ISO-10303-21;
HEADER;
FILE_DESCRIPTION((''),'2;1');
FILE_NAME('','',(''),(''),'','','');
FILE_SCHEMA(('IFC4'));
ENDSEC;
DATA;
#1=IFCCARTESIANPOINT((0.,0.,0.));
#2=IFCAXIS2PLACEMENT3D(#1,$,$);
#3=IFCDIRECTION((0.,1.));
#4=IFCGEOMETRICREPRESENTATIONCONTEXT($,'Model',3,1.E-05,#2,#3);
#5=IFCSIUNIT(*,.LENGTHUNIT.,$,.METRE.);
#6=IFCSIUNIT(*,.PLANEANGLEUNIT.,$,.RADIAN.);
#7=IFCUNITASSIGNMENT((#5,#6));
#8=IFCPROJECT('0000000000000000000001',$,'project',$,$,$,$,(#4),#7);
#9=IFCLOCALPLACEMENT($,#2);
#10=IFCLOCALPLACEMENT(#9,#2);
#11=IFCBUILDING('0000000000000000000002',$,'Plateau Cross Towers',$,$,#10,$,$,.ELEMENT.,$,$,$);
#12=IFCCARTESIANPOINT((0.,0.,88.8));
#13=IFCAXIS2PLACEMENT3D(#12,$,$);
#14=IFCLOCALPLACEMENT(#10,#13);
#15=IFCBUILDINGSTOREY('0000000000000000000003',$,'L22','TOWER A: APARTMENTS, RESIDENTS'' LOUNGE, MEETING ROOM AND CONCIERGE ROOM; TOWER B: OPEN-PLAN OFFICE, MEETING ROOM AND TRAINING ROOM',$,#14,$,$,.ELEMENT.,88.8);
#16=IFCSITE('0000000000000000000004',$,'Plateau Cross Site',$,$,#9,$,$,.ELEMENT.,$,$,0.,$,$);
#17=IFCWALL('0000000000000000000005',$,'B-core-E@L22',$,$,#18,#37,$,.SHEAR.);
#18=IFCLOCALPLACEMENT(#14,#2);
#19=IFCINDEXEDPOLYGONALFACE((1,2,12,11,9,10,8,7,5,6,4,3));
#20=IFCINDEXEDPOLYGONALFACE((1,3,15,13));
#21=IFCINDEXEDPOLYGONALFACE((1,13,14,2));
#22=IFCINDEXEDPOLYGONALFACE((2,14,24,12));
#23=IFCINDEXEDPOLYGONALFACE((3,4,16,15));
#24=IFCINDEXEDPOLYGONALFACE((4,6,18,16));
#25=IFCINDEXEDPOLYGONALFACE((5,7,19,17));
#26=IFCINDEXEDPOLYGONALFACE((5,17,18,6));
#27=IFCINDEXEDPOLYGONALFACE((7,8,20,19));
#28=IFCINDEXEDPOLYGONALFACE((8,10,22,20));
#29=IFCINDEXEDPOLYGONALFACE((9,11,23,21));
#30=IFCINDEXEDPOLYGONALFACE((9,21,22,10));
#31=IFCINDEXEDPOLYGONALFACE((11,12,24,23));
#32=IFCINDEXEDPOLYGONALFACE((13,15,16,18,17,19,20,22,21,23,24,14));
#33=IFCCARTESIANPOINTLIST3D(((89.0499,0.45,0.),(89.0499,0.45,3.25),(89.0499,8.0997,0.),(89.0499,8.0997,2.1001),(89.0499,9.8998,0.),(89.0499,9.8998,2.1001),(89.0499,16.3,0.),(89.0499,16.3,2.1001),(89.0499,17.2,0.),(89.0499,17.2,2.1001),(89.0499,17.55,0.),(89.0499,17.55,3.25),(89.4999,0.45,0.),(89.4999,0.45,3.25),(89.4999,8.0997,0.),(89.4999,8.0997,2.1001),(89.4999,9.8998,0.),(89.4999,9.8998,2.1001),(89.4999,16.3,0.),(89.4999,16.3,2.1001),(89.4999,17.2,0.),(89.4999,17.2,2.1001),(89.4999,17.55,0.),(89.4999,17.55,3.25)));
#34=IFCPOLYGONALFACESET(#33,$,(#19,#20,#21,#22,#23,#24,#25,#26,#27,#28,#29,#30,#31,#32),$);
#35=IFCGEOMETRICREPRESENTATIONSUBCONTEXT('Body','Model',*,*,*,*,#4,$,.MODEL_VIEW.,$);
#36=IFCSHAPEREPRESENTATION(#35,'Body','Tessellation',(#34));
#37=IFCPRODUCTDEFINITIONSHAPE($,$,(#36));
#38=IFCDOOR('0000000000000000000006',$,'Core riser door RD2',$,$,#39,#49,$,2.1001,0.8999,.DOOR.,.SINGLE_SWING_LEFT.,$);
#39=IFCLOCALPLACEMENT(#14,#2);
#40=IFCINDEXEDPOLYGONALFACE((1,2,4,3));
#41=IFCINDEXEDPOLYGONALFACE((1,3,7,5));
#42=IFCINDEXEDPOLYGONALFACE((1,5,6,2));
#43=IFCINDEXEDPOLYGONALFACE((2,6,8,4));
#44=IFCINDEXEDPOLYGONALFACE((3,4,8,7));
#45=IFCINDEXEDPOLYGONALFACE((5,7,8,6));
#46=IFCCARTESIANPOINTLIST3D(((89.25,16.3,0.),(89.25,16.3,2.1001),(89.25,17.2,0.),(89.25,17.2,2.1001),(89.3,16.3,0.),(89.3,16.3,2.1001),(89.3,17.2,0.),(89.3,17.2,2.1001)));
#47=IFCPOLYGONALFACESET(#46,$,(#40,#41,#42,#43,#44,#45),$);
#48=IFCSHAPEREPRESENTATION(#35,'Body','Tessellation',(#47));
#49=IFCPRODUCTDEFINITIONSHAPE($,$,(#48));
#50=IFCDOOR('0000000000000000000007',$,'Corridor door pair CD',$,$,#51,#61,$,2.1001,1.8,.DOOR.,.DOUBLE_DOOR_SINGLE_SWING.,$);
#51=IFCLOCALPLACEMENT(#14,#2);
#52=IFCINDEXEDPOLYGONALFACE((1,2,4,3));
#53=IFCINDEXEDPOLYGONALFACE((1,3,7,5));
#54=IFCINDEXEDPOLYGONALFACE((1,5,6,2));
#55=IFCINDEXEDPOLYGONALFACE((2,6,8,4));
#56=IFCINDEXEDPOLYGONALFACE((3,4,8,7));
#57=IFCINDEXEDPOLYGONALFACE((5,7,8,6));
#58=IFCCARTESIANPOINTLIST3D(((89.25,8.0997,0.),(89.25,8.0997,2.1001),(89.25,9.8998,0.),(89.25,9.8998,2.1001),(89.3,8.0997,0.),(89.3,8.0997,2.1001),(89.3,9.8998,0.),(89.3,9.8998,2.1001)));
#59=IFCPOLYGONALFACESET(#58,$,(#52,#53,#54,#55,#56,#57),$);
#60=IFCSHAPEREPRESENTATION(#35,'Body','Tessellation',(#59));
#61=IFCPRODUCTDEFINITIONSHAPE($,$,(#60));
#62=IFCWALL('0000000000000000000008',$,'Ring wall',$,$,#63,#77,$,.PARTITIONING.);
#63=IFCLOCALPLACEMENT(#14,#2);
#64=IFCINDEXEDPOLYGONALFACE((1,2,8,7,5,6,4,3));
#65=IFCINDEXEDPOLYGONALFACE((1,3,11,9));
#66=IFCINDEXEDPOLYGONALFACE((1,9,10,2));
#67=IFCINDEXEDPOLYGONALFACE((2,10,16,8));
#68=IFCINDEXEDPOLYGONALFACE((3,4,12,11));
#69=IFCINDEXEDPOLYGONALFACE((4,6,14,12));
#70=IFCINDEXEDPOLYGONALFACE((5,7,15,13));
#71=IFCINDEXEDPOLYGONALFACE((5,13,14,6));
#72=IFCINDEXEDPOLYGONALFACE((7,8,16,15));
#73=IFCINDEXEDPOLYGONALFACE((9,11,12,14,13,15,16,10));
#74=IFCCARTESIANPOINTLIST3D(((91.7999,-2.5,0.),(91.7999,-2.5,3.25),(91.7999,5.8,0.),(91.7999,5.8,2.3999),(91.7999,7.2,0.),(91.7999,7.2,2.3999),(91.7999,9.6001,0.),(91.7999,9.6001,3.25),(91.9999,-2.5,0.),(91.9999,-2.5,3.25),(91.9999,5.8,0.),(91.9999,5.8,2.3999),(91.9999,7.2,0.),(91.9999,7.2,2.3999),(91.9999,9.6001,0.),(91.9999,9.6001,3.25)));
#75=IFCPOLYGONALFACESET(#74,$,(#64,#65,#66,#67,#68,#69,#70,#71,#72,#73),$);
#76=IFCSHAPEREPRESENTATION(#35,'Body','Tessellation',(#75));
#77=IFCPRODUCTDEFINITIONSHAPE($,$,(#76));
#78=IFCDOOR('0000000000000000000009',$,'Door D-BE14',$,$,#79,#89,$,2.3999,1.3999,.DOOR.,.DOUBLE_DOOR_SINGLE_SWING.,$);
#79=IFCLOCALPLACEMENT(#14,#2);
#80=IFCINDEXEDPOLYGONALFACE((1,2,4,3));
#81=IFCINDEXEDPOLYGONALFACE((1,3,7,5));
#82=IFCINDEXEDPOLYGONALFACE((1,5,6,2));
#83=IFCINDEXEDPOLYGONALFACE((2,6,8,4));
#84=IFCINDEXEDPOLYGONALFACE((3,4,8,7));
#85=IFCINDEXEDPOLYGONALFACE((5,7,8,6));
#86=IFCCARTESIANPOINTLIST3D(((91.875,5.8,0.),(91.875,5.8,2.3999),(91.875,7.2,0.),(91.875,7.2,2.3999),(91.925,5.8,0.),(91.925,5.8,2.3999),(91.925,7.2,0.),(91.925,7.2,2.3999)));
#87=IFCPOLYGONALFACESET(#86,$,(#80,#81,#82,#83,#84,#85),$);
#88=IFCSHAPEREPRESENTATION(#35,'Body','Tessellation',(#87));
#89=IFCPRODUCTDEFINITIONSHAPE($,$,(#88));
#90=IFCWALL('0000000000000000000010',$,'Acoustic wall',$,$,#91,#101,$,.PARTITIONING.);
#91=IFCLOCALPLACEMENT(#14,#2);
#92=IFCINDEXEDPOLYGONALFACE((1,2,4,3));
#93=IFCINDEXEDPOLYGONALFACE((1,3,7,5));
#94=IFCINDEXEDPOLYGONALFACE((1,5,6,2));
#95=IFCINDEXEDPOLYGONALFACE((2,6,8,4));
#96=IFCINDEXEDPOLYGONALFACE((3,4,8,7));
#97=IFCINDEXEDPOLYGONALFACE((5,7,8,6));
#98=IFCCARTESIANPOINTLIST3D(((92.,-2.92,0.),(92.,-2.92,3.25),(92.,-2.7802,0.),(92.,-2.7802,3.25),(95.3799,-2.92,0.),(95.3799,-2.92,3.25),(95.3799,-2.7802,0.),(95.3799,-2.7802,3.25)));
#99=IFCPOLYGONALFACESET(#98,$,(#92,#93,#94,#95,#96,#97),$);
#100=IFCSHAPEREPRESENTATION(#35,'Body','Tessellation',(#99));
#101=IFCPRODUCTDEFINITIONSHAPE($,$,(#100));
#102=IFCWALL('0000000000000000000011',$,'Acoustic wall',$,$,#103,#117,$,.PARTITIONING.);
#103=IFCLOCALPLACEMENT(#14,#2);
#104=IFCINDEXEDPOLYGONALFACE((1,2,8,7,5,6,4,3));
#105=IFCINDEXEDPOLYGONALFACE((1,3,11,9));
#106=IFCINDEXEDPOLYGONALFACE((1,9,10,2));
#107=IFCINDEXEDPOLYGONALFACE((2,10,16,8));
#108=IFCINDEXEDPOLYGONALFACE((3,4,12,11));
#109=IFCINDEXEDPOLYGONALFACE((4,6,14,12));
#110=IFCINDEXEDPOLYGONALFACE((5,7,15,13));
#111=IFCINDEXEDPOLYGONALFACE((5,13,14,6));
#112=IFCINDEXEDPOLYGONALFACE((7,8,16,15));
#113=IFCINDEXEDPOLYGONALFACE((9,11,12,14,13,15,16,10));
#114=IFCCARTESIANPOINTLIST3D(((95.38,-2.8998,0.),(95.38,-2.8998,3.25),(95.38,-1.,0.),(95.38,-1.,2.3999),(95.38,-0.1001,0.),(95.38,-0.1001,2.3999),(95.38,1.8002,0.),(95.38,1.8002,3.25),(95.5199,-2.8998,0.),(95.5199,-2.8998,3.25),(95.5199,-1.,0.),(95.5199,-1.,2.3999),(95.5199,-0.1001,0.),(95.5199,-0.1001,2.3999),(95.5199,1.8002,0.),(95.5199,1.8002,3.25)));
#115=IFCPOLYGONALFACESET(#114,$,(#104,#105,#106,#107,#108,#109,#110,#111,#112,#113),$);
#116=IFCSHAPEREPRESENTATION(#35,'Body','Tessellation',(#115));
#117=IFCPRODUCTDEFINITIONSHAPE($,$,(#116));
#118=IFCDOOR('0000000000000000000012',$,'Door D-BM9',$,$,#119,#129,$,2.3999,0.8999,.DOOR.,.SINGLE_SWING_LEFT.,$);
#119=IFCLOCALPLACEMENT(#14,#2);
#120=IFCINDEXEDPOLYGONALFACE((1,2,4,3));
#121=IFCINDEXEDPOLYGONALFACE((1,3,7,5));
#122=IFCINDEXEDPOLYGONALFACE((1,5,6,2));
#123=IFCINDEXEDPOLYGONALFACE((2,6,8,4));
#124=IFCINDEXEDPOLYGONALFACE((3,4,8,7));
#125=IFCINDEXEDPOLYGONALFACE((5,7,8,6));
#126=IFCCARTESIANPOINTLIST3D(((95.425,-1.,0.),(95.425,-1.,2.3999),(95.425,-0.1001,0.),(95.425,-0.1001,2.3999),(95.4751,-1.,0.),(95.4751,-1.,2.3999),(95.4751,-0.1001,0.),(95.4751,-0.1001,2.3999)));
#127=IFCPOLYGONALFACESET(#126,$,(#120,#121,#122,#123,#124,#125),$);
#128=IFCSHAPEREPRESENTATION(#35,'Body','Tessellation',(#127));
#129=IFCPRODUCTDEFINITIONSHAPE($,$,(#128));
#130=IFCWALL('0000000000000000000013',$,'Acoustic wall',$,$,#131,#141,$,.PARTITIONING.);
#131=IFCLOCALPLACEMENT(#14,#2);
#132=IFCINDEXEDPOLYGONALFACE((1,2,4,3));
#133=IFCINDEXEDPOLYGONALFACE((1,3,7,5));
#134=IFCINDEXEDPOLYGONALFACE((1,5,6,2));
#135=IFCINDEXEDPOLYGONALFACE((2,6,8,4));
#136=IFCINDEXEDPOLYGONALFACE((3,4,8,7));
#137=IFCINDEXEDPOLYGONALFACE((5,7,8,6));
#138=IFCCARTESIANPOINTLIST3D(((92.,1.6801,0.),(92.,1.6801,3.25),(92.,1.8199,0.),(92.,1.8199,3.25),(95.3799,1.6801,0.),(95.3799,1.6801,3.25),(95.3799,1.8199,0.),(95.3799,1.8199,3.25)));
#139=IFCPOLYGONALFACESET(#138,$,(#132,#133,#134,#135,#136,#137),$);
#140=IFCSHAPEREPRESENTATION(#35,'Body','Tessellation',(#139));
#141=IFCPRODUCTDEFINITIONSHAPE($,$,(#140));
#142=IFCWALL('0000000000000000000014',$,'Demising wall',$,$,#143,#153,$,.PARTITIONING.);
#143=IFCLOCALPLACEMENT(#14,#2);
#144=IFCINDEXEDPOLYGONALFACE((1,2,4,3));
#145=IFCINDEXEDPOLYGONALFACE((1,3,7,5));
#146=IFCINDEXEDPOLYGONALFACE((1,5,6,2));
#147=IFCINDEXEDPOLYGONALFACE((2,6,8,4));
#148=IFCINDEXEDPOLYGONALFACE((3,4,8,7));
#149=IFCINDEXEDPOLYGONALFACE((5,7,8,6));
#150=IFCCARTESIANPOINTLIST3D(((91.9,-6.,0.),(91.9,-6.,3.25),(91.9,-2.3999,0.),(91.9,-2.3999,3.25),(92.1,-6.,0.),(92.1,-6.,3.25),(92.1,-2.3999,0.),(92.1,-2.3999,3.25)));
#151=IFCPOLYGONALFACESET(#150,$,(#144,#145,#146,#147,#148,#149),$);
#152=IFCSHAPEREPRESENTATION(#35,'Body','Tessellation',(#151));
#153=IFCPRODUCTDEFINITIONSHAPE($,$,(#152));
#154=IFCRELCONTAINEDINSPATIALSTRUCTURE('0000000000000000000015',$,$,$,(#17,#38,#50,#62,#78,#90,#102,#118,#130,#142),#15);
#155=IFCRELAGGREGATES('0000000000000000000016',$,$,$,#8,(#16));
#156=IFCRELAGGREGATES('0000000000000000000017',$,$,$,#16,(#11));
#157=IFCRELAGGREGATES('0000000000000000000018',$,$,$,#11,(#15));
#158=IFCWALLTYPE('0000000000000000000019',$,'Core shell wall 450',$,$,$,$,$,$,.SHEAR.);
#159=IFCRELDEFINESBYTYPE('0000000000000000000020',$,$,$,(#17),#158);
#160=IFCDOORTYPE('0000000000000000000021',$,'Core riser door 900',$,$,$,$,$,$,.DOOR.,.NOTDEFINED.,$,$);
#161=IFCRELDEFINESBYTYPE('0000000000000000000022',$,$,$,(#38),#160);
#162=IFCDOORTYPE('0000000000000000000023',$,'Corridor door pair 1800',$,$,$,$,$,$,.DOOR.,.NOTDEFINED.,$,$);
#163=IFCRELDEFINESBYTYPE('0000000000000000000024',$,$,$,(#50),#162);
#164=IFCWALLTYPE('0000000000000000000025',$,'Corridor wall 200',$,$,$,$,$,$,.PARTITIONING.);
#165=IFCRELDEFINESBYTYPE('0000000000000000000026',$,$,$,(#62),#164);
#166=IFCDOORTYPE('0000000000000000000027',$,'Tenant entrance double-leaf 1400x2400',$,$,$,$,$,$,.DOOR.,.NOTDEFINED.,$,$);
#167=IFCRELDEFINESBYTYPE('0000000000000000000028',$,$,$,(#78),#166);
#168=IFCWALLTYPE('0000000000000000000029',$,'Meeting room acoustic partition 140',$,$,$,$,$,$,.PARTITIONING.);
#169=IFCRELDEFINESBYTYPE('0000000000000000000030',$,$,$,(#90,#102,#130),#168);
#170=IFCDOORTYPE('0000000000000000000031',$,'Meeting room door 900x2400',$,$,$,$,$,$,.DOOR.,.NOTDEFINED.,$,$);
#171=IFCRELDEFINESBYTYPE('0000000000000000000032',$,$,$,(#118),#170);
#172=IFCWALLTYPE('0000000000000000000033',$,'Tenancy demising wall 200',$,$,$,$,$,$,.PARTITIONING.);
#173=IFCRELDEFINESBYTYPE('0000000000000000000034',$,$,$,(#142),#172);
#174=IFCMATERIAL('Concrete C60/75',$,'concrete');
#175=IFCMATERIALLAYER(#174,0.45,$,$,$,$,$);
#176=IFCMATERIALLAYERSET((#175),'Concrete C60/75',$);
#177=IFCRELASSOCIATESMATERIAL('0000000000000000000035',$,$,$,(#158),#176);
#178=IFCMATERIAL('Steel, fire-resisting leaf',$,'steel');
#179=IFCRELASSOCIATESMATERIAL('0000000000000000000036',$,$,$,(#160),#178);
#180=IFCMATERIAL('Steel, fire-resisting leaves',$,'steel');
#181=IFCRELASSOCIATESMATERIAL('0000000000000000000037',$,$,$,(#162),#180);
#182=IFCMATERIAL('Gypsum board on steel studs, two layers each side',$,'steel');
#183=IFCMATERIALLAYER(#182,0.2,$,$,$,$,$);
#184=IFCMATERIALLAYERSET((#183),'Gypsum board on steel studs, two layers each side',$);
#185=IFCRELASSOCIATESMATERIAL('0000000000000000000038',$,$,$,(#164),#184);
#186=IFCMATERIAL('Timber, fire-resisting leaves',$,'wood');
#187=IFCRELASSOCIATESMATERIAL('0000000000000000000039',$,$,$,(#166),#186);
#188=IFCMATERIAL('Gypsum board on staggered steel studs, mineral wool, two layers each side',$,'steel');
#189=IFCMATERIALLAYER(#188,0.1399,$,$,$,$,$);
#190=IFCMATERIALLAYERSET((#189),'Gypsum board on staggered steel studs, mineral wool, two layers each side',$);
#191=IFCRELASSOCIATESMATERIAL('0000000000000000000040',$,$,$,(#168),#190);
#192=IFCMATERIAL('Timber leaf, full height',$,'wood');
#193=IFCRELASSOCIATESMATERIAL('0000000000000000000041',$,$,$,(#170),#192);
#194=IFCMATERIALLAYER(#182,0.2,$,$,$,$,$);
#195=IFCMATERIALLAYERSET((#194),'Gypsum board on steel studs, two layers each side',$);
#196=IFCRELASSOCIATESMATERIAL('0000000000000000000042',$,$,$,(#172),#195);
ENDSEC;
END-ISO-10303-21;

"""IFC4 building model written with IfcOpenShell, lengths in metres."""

from ifc_helpers import new_model, si_unit, direction, frame, frame_2d, origin, place, context, subcontext, project, spatial, rectangle, extrude, material, layer, layer_set, type_object, element, fill, save


model = new_model("IFC4")

# Units and contexts
model_context = context("Model", 3, precision=1e-05, world=origin(), true_north=direction((0.0, 1.0)))
body_context = subcontext(model_context, "Body", "Model", "MODEL_VIEW")
ifc_project = project(units=[si_unit("LENGTHUNIT", "METRE"), si_unit("PLANEANGLEUNIT", "RADIAN")], contexts=[model_context])

# Site, building, storey
site_placement = place(None, origin())
site = spatial("IfcSite", under=ifc_project, at=site_placement, Name="Plateau Cross Site", CompositionType="ELEMENT", RefElevation=0.0)
building_placement = place(site_placement, origin())
building = spatial("IfcBuilding", under=site, at=building_placement, Name="Plateau Cross Towers", CompositionType="ELEMENT")
storey_placement = place(building_placement, frame((0.0, 0.0, 88.8)))
storey = spatial("IfcBuildingStorey", under=building, at=storey_placement, Name="L22", Description="TOWER A: APARTMENTS, RESIDENTS' LOUNGE, MEETING ROOM AND CONCIERGE ROOM; TOWER B: OPEN-PLAN OFFICE, MEETING ROOM AND TRAINING ROOM", CompositionType="ELEMENT", Elevation=88.8)

# Shared definitions
ifc_material_1 = material(Name="Concrete C60/75", Category="concrete")

# Shared definitions
ifc_material_2 = material(Name="Steel, fire-resisting leaf", Category="steel")

# Wall, openings, doors
ifc_layer_1 = layer(ifc_material_1, 0.45)
ifc_layer_set_1 = layer_set([ifc_layer_1], Name="Concrete C60/75")
wall_type_1 = type_object("IfcWallType", Name="Core shell wall 450", PredefinedType="SHEAR", material=ifc_layer_set_1)
wall_1_placement = place(storey_placement, frame((89.2749, 0.45, 0.0), z_axis=(0.0, 0.0, 1.0), x_axis=(0.0, 1.0, 0.0)))
wall_1 = element("IfcWall", 1, at=wall_1_placement, inside=storey, type_object=wall_type_1, Name="B-core-E@L22", PredefinedType="SHEAR", context=body_context, shape_type="SweptSolid", body=[
    extrude(rectangle(XDim=17.1001, YDim=0.45, at=frame_2d((8.55, 0.0))), origin(), (0.0, 0.0, 1.0), 3.25),
])
opening_1_placement = place(wall_1_placement, frame((7.6499, 0.0, 0.0)))
opening_1 = element("IfcOpeningElement", 2, at=opening_1_placement, cuts=wall_1, PredefinedType="OPENING", context=body_context, shape_type="SweptSolid", body=[
    extrude(rectangle(XDim=1.8, YDim=2.1001, at=frame_2d((0.8999, 1.05))), frame((0.0, 0.2349, 0.0), z_axis=(0.0, -1.0, 0.0), x_axis=(1.0, 0.0, 0.0)), (0.0, 0.0, 1.0), 0.47),
])
opening_2_placement = place(wall_1_placement, frame((15.8501, 0.0, 0.0)))
opening_2 = element("IfcOpeningElement", 3, at=opening_2_placement, cuts=wall_1, PredefinedType="OPENING", context=body_context, shape_type="SweptSolid", body=[
    extrude(rectangle(XDim=0.8999, YDim=2.1001, at=frame_2d((0.45, 1.05))), frame((0.0, 0.2349, 0.0), z_axis=(0.0, -1.0, 0.0), x_axis=(1.0, 0.0, 0.0)), (0.0, 0.0, 1.0), 0.47),
])
door_type_1 = type_object("IfcDoorType", Name="Core riser door 900", OperationType="NOTDEFINED", PredefinedType="DOOR", material=ifc_material_2)
door_1_placement = place(opening_2_placement, origin())
door_1 = element("IfcDoor", 4, at=door_1_placement, inside=storey, type_object=door_type_1, Name="Core riser door RD2", OperationType="SINGLE_SWING_LEFT", OverallHeight=2.1001, OverallWidth=0.8999, PredefinedType="DOOR", context=body_context, shape_type="SweptSolid", body=[
    extrude(rectangle(XDim=0.8999, YDim=2.1001, at=frame_2d((0.45, 1.05))), frame((0.0, 0.0249, 0.0), z_axis=(0.0, -1.0, 0.0), x_axis=(1.0, 0.0, 0.0)), (0.0, 0.0, 1.0), 0.05),
])
fill(opening_2, door_1)
ifc_material_3 = material(Name="Steel, fire-resisting leaves", Category="steel")
door_type_2 = type_object("IfcDoorType", Name="Corridor door pair 1800", OperationType="NOTDEFINED", PredefinedType="DOOR", material=ifc_material_3)
door_2_placement = place(opening_1_placement, origin())
door_2 = element("IfcDoor", 5, at=door_2_placement, inside=storey, type_object=door_type_2, Name="Corridor door pair CD", OperationType="DOUBLE_DOOR_SINGLE_SWING", OverallHeight=2.1001, OverallWidth=1.8, PredefinedType="DOOR", context=body_context, shape_type="SweptSolid", body=[
    extrude(rectangle(XDim=1.8, YDim=2.1001, at=frame_2d((0.8999, 1.05))), frame((0.0, 0.0249, 0.0), z_axis=(0.0, -1.0, 0.0), x_axis=(1.0, 0.0, 0.0)), (0.0, 0.0, 1.0), 0.05),
])
fill(opening_1, door_2)

# Wall, opening, door
ifc_material_4 = material(Name="Gypsum board on steel studs, two layers each side", Category="steel")
ifc_layer_2 = layer(ifc_material_4, 0.2)
ifc_layer_set_2 = layer_set([ifc_layer_2], Name="Gypsum board on steel studs, two layers each side")
wall_type_2 = type_object("IfcWallType", Name="Corridor wall 200", PredefinedType="PARTITIONING", material=ifc_layer_set_2)
wall_2_placement = place(storey_placement, frame((91.8999, -2.5, 0.0), z_axis=(0.0, 0.0, 1.0), x_axis=(0.0, 1.0, 0.0)))
wall_2 = element("IfcWall", 6, at=wall_2_placement, inside=storey, type_object=wall_type_2, Name="Ring wall", PredefinedType="PARTITIONING", context=body_context, shape_type="SweptSolid", body=[
    extrude(rectangle(XDim=12.1001, YDim=0.2, at=frame_2d((6.05, 0.0))), origin(), (0.0, 0.0, 1.0), 3.25),
])
opening_3_placement = place(wall_2_placement, frame((8.3, 0.0, 0.0)))
opening_3 = element("IfcOpeningElement", 7, at=opening_3_placement, cuts=wall_2, PredefinedType="OPENING", context=body_context, shape_type="SweptSolid", body=[
    extrude(rectangle(XDim=1.3999, YDim=2.3999, at=frame_2d((0.7, 1.2))), frame((0.0, 0.1099, 0.0), z_axis=(0.0, -1.0, 0.0), x_axis=(1.0, 0.0, 0.0)), (0.0, 0.0, 1.0), 0.22),
])
ifc_material_5 = material(Name="Timber, fire-resisting leaves", Category="wood")
door_type_3 = type_object("IfcDoorType", Name="Tenant entrance double-leaf 1400x2400", OperationType="NOTDEFINED", PredefinedType="DOOR", material=ifc_material_5)
door_3_placement = place(opening_3_placement, origin())
door_3 = element("IfcDoor", 8, at=door_3_placement, inside=storey, type_object=door_type_3, Name="Door D-BE14", OperationType="DOUBLE_DOOR_SINGLE_SWING", OverallHeight=2.3999, OverallWidth=1.3999, PredefinedType="DOOR", context=body_context, shape_type="SweptSolid", body=[
    extrude(rectangle(XDim=1.3999, YDim=2.3999, at=frame_2d((0.7, 1.2))), frame((0.0, 0.0249, 0.0), z_axis=(0.0, -1.0, 0.0), x_axis=(1.0, 0.0, 0.0)), (0.0, 0.0, 1.0), 0.05),
])
fill(opening_3, door_3)
ifc_material_6 = material(Name="Gypsum board on staggered steel studs, mineral wool, two layers each side", Category="steel")
ifc_layer_3 = layer(ifc_material_6, 0.1399)
ifc_layer_set_3 = layer_set([ifc_layer_3], Name="Gypsum board on staggered steel studs, mineral wool, two layers each side")
wall_type_3 = type_object("IfcWallType", Name="Meeting room acoustic partition 140", PredefinedType="PARTITIONING", material=ifc_layer_set_3)
ifc_material_7 = material(Name="Timber leaf, full height", Category="wood")
door_type_4 = type_object("IfcDoorType", Name="Meeting room door 900x2400", OperationType="NOTDEFINED", PredefinedType="DOOR", material=ifc_material_7)

# Wall
wall_3_placement = place(storey_placement, frame((92.0, -2.8501, 0.0), z_axis=(0.0, 0.0, 1.0), x_axis=(1.0, 0.0, 0.0)))
element("IfcWall", 9, at=wall_3_placement, inside=storey, type_object=wall_type_3, Name="Acoustic wall", PredefinedType="PARTITIONING", context=body_context, shape_type="SweptSolid", body=[
    extrude(rectangle(XDim=3.3799, YDim=0.1399, at=frame_2d((1.6899, 0.0))), origin(), (0.0, 0.0, 1.0), 3.25),
])

# Wall, opening, door
wall_4_placement = place(storey_placement, frame((95.45, -2.8999, 0.0), z_axis=(0.0, 0.0, 1.0), x_axis=(0.0, 1.0, 0.0)))
wall_4 = element("IfcWall", 10, at=wall_4_placement, inside=storey, type_object=wall_type_3, Name="Acoustic wall", PredefinedType="PARTITIONING", context=body_context, shape_type="SweptSolid", body=[
    extrude(rectangle(XDim=4.7, YDim=0.1399, at=frame_2d((2.3501, 0.0))), origin(), (0.0, 0.0, 1.0), 3.25),
])
opening_4_placement = place(wall_4_placement, frame((1.8999, 0.0, 0.0)))
opening_4 = element("IfcOpeningElement", 11, at=opening_4_placement, cuts=wall_4, PredefinedType="OPENING", context=body_context, shape_type="SweptSolid", body=[
    extrude(rectangle(XDim=0.8999, YDim=2.3999, at=frame_2d((0.45, 1.2))), frame((0.0, 0.0798, 0.0), z_axis=(0.0, -1.0, 0.0), x_axis=(1.0, 0.0, 0.0)), (0.0, 0.0, 1.0), 0.1599),
])
door_4_placement = place(opening_4_placement, origin())
door_4 = element("IfcDoor", 12, at=door_4_placement, inside=storey, type_object=door_type_4, Name="Door D-BM9", OperationType="SINGLE_SWING_LEFT", OverallHeight=2.3999, OverallWidth=0.8999, PredefinedType="DOOR", context=body_context, shape_type="SweptSolid", body=[
    extrude(rectangle(XDim=0.8999, YDim=2.3999, at=frame_2d((0.45, 1.2))), frame((0.0, 0.0249, 0.0), z_axis=(0.0, -1.0, 0.0), x_axis=(1.0, 0.0, 0.0)), (0.0, 0.0, 1.0), 0.05),
])
fill(opening_4, door_4)

# Walls
wall_5_placement = place(storey_placement, frame((92.0, 1.75, 0.0), z_axis=(0.0, 0.0, 1.0), x_axis=(1.0, 0.0, 0.0)))
element("IfcWall", 13, at=wall_5_placement, inside=storey, type_object=wall_type_3, Name="Acoustic wall", PredefinedType="PARTITIONING", context=body_context, shape_type="SweptSolid", body=[
    extrude(rectangle(XDim=3.3799, YDim=0.1399, at=frame_2d((1.6899, 0.0))), origin(), (0.0, 0.0, 1.0), 3.25),
])
ifc_layer_4 = layer(ifc_material_4, 0.2)
ifc_layer_set_4 = layer_set([ifc_layer_4], Name="Gypsum board on steel studs, two layers each side")
wall_type_4 = type_object("IfcWallType", Name="Tenancy demising wall 200", PredefinedType="PARTITIONING", material=ifc_layer_set_4)
wall_6_placement = place(storey_placement, frame((92.0, -6.0, 0.0), z_axis=(0.0, 0.0, 1.0), x_axis=(0.0, 1.0, 0.0)))
element("IfcWall", 14, at=wall_6_placement, inside=storey, type_object=wall_type_4, Name="Demising wall", PredefinedType="PARTITIONING", context=body_context, shape_type="SweptSolid", body=[
    extrude(rectangle(XDim=3.6001, YDim=0.2, at=frame_2d((1.8, 0.0))), origin(), (0.0, 0.0, 1.0), 3.25),
])

save(model, "model.ifc")
